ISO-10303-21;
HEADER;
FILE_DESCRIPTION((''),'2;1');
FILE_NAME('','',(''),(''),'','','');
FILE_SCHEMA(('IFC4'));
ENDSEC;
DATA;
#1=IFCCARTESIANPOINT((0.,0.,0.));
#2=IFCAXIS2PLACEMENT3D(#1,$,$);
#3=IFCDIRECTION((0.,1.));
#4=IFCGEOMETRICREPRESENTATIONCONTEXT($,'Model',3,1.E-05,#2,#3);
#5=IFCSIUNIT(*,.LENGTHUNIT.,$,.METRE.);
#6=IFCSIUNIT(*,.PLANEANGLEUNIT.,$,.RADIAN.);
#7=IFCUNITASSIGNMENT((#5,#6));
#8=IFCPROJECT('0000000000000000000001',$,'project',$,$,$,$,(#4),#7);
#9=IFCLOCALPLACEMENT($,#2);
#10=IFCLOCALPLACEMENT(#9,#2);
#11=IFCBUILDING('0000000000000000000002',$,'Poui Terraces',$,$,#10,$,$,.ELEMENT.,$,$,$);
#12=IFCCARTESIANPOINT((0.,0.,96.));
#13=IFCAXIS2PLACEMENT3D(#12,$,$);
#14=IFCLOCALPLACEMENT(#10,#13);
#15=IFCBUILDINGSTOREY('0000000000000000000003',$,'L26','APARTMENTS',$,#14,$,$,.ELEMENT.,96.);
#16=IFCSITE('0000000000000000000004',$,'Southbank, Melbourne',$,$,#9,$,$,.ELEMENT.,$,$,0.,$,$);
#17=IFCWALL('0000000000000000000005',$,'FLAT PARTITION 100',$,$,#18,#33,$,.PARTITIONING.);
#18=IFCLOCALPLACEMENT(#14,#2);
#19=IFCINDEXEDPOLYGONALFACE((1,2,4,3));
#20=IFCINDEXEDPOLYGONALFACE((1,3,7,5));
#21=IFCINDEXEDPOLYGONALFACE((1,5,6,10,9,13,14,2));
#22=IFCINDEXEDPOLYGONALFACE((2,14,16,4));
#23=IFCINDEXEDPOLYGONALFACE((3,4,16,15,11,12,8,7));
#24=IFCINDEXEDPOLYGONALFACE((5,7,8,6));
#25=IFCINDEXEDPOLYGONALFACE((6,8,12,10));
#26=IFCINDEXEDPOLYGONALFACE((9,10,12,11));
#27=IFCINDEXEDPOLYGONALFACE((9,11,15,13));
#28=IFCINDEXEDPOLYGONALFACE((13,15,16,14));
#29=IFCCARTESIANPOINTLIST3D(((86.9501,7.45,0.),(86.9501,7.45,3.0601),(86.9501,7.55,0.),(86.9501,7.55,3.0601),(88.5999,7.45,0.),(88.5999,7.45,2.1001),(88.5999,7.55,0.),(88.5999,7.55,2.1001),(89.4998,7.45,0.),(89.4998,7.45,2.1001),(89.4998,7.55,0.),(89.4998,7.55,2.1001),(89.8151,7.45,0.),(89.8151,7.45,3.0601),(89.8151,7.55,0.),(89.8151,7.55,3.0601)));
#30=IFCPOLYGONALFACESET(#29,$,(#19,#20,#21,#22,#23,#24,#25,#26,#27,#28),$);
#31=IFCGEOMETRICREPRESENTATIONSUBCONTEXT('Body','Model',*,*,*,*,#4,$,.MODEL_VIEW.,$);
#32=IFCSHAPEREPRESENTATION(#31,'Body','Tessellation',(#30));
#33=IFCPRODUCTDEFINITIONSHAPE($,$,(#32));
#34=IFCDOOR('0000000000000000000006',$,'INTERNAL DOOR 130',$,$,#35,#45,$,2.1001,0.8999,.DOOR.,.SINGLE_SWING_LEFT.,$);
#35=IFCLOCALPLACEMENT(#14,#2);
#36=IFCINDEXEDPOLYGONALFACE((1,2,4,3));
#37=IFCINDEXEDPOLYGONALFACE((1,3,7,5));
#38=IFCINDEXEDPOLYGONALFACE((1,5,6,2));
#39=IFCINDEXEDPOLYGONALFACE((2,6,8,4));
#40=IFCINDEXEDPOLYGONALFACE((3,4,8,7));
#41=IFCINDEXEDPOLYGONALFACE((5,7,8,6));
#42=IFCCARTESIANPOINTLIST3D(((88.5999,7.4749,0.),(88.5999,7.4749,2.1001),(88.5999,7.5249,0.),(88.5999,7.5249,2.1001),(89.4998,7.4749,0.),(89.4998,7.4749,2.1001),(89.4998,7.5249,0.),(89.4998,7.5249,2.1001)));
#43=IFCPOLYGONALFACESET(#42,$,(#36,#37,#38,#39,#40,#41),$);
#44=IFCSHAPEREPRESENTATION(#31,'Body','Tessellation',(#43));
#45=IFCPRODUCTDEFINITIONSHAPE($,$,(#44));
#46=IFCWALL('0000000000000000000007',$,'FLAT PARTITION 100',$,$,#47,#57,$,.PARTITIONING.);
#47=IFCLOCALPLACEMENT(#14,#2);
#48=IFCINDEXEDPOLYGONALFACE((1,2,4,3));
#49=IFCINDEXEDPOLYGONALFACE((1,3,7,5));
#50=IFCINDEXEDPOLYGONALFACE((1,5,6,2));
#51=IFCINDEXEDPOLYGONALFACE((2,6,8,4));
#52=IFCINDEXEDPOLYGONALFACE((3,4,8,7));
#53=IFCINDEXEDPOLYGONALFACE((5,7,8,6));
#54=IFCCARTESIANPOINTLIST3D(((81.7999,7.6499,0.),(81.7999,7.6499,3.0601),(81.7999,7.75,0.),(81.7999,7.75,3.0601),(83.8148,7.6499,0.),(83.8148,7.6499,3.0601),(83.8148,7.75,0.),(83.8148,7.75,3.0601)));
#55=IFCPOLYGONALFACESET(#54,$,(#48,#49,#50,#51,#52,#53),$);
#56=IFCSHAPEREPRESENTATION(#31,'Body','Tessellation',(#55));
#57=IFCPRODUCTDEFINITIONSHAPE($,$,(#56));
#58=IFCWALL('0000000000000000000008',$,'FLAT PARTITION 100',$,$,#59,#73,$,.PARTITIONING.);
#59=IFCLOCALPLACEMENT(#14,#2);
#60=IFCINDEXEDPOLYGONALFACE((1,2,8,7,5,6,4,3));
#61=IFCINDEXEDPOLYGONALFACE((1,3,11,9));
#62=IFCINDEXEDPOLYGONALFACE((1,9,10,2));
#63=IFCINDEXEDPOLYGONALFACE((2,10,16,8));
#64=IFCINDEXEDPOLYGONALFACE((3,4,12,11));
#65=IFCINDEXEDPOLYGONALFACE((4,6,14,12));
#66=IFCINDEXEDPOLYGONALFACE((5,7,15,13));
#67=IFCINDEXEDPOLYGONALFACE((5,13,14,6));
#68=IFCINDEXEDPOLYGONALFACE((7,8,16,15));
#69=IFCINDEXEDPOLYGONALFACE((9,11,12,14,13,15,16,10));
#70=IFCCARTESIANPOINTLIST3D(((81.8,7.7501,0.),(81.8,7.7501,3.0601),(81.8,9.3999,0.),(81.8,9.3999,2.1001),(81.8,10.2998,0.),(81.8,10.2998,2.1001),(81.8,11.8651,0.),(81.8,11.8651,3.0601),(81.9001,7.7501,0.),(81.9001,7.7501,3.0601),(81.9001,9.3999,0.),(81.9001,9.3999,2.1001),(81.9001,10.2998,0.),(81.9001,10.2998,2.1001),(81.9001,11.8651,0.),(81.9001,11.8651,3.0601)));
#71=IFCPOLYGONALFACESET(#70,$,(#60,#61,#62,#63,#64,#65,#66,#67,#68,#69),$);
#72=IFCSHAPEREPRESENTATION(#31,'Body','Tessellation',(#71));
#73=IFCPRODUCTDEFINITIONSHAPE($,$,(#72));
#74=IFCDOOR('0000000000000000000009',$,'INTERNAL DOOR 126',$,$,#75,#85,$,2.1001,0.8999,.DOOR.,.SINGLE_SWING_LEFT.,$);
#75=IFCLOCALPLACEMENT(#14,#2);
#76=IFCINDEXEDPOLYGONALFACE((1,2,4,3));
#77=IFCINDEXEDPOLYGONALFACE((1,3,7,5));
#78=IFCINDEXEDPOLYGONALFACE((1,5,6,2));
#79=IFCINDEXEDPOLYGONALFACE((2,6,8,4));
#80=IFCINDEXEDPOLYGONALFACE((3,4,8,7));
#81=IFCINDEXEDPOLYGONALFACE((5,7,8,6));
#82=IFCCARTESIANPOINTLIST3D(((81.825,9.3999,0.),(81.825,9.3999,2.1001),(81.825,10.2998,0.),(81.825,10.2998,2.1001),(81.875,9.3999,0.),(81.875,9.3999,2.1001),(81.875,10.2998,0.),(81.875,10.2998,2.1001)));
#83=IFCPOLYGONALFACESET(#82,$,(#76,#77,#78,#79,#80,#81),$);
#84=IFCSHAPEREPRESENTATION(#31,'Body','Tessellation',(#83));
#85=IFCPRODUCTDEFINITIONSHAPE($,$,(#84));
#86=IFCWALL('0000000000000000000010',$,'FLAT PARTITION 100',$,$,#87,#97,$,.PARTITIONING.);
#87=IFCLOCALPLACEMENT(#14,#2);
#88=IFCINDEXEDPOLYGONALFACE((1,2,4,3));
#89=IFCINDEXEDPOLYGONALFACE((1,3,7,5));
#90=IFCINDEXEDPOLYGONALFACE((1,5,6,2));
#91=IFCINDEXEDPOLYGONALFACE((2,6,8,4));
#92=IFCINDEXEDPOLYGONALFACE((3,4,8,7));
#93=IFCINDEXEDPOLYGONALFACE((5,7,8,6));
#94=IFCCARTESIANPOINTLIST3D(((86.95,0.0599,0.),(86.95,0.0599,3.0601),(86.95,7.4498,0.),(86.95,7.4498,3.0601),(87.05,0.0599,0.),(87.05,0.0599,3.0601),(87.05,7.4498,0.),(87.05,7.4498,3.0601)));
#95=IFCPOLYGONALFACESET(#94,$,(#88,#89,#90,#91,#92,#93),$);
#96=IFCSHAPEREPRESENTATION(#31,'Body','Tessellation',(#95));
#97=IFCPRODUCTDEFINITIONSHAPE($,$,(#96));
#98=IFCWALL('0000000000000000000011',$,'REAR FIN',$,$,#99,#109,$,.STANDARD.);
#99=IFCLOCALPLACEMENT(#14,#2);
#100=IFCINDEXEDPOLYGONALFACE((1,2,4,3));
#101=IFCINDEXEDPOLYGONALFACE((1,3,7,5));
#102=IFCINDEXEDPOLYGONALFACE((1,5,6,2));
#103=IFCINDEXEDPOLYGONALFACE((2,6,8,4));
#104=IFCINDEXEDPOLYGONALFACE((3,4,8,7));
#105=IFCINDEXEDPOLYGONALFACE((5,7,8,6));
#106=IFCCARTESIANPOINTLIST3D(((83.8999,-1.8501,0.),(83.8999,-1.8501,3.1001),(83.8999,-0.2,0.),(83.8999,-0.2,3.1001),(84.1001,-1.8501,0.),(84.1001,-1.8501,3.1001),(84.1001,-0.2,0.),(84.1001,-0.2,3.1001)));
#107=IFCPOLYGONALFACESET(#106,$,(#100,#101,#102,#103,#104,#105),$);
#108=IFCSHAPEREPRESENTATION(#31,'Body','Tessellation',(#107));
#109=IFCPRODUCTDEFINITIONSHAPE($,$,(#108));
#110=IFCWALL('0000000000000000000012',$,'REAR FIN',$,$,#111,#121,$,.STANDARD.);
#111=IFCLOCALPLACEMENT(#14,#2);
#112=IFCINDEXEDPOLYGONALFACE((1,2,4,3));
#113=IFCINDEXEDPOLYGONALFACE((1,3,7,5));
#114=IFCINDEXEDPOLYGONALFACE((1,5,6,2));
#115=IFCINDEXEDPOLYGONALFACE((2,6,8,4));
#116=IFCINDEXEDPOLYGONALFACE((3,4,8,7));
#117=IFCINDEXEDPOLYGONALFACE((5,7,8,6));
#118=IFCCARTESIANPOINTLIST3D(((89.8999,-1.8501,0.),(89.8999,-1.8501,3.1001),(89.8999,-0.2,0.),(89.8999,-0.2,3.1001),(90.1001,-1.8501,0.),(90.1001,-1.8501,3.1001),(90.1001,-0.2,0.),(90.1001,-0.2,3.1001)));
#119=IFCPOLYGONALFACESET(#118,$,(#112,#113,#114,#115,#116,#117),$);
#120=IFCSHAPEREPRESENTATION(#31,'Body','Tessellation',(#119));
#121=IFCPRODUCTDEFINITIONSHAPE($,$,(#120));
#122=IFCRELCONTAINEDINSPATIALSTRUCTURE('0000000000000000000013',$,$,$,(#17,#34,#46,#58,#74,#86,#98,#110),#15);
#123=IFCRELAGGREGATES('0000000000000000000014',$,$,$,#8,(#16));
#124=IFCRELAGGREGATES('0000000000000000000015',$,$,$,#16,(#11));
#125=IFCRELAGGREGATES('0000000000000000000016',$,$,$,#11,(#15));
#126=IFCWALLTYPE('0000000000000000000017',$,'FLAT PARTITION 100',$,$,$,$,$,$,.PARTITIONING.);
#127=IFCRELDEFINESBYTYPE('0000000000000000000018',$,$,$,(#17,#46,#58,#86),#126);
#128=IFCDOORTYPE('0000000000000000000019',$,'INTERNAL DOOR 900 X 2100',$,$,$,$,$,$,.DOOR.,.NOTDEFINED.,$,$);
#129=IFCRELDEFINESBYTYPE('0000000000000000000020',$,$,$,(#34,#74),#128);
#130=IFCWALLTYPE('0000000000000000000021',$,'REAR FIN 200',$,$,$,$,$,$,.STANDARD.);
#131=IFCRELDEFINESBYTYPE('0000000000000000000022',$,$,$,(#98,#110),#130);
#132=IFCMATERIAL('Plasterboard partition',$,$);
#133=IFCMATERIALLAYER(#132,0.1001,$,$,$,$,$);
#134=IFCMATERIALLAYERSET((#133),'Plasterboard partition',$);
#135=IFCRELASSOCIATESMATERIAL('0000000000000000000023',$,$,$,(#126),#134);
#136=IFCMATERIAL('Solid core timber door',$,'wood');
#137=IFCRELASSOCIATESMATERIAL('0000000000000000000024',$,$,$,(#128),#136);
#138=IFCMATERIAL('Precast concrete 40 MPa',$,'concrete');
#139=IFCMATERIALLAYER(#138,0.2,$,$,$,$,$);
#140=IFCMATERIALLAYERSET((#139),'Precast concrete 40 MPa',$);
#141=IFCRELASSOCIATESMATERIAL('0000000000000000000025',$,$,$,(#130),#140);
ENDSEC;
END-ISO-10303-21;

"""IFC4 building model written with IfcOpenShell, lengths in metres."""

from ifc_helpers import new_model, si_unit, direction, frame, frame_2d, origin, place, context, subcontext, project, spatial, polyline, rectangle, outline, extrude, source, transform, mapped, material, layer, layer_set, type_object, element, fill, save


model = new_model("IFC4")

# Units and contexts
model_context = context("Model", 3, precision=1e-05, world=origin(), true_north=direction((0.0, 1.0)))
body_context = subcontext(model_context, "Body", "Model", "MODEL_VIEW")
ifc_project = project(units=[si_unit("LENGTHUNIT", "METRE"), si_unit("PLANEANGLEUNIT", "RADIAN")], contexts=[model_context])

# Site, building, storey
site_placement = place(None, origin())
site = spatial("IfcSite", under=ifc_project, at=site_placement, Name="Southbank, Melbourne", CompositionType="ELEMENT", RefElevation=0.0)
building_placement = place(site_placement, origin())
building = spatial("IfcBuilding", under=site, at=building_placement, Name="Poui Terraces", CompositionType="ELEMENT")
storey_placement = place(building_placement, frame((0.0, 0.0, 96.0)))
storey = spatial("IfcBuildingStorey", under=building, at=storey_placement, Name="L26", Description="APARTMENTS", CompositionType="ELEMENT", Elevation=96.0)

# Shared definitions
ifc_material_1 = material(Name="Precast concrete 40 MPa", Category="concrete")

# Wall, opening, door
ifc_material_2 = material(Name="Plasterboard partition")
ifc_layer_1 = layer(ifc_material_2, 0.1001)
ifc_layer_set_1 = layer_set([ifc_layer_1], Name="Plasterboard partition")
wall_type_1 = type_object("IfcWallType", Name="FLAT PARTITION 100", PredefinedType="PARTITIONING", material=ifc_layer_set_1)
wall_1_placement = place(storey_placement, frame((86.95, 7.5, 0.0), z_axis=(0.0, 0.0, 1.0), x_axis=(1.0, 0.0, 0.0)))
wall_1 = element("IfcWall", 1, at=wall_1_placement, inside=storey, type_object=wall_type_1, Name="FLAT PARTITION 100", PredefinedType="PARTITIONING", context=body_context, shape_type="SweptSolid", body=[
    extrude(rectangle(XDim=2.865, YDim=0.1001, at=frame_2d((1.4326, 0.0))), origin(), (0.0, 0.0, 1.0), 3.0601),
])
opening_1_placement = place(wall_1_placement, frame((1.6499, 0.0, 0.0)))
opening_1 = element("IfcOpeningElement", 2, at=opening_1_placement, cuts=wall_1, PredefinedType="OPENING", context=body_context, shape_type="SweptSolid", body=[
    extrude(rectangle(XDim=0.8999, YDim=2.1001, at=frame_2d((0.45, 1.05))), frame((0.0, 0.0601, 0.0), z_axis=(0.0, -1.0, 0.0), x_axis=(1.0, 0.0, 0.0)), (0.0, 0.0, 1.0), 0.1201),
])
ifc_material_3 = material(Name="Solid core timber door", Category="wood")
door_type = type_object("IfcDoorType", Name="INTERNAL DOOR 900 X 2100", OperationType="NOTDEFINED", PredefinedType="DOOR", material=ifc_material_3)
door_1_placement = place(opening_1_placement, origin())
door_1 = element("IfcDoor", 3, at=door_1_placement, inside=storey, type_object=door_type, Name="INTERNAL DOOR 130", OperationType="SINGLE_SWING_LEFT", OverallHeight=2.1001, OverallWidth=0.8999, PredefinedType="DOOR", context=body_context, shape_type="SweptSolid", body=[
    extrude(rectangle(XDim=0.8999, YDim=2.1001, at=frame_2d((0.45, 1.05))), frame((0.0, 0.0249, 0.0), z_axis=(0.0, -1.0, 0.0), x_axis=(1.0, 0.0, 0.0)), (0.0, 0.0, 1.0), 0.05),
])
fill(opening_1, door_1)

# Wall
wall_2_placement = place(storey_placement, frame((81.8, 7.7, 0.0), z_axis=(0.0, 0.0, 1.0), x_axis=(1.0, 0.0, 0.0)))
element("IfcWall", 4, at=wall_2_placement, inside=storey, type_object=wall_type_1, Name="FLAT PARTITION 100", PredefinedType="PARTITIONING", context=body_context, shape_type="SweptSolid", body=[
    extrude(rectangle(XDim=2.0149, YDim=0.1001, at=frame_2d((1.0073, 0.0))), origin(), (0.0, 0.0, 1.0), 3.0601),
])

# Wall, opening, door
wall_3_placement = place(storey_placement, frame((81.8501, 7.75, 0.0), z_axis=(0.0, 0.0, 1.0), x_axis=(0.0, 1.0, 0.0)))
wall_3 = element("IfcWall", 5, at=wall_3_placement, inside=storey, type_object=wall_type_1, Name="FLAT PARTITION 100", PredefinedType="PARTITIONING", context=body_context, shape_type="SweptSolid", body=[
    extrude(rectangle(XDim=4.115, YDim=0.1001, at=frame_2d((2.0576, 0.0))), origin(), (0.0, 0.0, 1.0), 3.0601),
])
opening_2_placement = place(wall_3_placement, frame((1.6499, 0.0, 0.0)))
opening_2 = element("IfcOpeningElement", 6, at=opening_2_placement, cuts=wall_3, PredefinedType="OPENING", context=body_context, shape_type="SweptSolid", body=[
    extrude(rectangle(XDim=0.8999, YDim=2.1001, at=frame_2d((0.45, 1.05))), frame((0.0, 0.0601, 0.0), z_axis=(0.0, -1.0, 0.0), x_axis=(1.0, 0.0, 0.0)), (0.0, 0.0, 1.0), 0.1201),
])
door_2_placement = place(opening_2_placement, frame((0.8999, 0.0, 0.0), z_axis=(0.0, 0.0, 1.0), x_axis=(-1.0, 0.0, 0.0)))
door_2 = element("IfcDoor", 7, at=door_2_placement, inside=storey, type_object=door_type, Name="INTERNAL DOOR 126", OperationType="SINGLE_SWING_LEFT", OverallHeight=2.1001, OverallWidth=0.8999, PredefinedType="DOOR", context=body_context, shape_type="SweptSolid", body=[
    extrude(rectangle(XDim=0.8999, YDim=2.1001, at=frame_2d((0.45, 1.05))), frame((0.0, 0.0249, 0.0), z_axis=(0.0, -1.0, 0.0), x_axis=(1.0, 0.0, 0.0)), (0.0, 0.0, 1.0), 0.05),
])
fill(opening_2, door_2)

# Walls
wall_4_placement = place(storey_placement, frame((87.0, 0.0601, 0.0), z_axis=(0.0, 0.0, 1.0), x_axis=(0.0, 1.0, 0.0)))
element("IfcWall", 8, at=wall_4_placement, inside=storey, type_object=wall_type_1, Name="FLAT PARTITION 100", PredefinedType="PARTITIONING", context=body_context, shape_type="SweptSolid", body=[
    extrude(rectangle(XDim=7.3899, YDim=0.1001, at=frame_2d((3.6948, 0.0))), origin(), (0.0, 0.0, 1.0), 3.0601),
])
ifc_layer_2 = layer(ifc_material_1, 0.2)
ifc_layer_set_2 = layer_set([ifc_layer_2], Name="Precast concrete 40 MPa")
wall_type_2 = type_object("IfcWallType", Name="REAR FIN 200", PredefinedType="STANDARD", material=ifc_layer_set_2)
shared_shape_1 = source(origin(), body_context, "Body", "SweptSolid", [
    extrude(outline(polyline([(0.0, 0.0), (0.2002, 0.0), (0.2002, 1.6501), (0.0, 1.6501), (0.0, 0.0)])), origin(), (0.0, 0.0, 1.0), 3.1001),
])
for number, where, name in (
    (9, (83.8999, -1.8501, 0.0), "REAR FIN"),
    (10, (89.8999, -1.8501, 0.0), "REAR FIN"),
):
    element("IfcWall", number, at=place(storey_placement, frame(where)), inside=storey, type_object=wall_type_2, Name=name, PredefinedType="STANDARD", context=body_context, shape_type="MappedRepresentation", body=[
        mapped(shared_shape_1, transform((0.0, 0.0, 0.0))),
    ])

save(model, "model.ifc")
